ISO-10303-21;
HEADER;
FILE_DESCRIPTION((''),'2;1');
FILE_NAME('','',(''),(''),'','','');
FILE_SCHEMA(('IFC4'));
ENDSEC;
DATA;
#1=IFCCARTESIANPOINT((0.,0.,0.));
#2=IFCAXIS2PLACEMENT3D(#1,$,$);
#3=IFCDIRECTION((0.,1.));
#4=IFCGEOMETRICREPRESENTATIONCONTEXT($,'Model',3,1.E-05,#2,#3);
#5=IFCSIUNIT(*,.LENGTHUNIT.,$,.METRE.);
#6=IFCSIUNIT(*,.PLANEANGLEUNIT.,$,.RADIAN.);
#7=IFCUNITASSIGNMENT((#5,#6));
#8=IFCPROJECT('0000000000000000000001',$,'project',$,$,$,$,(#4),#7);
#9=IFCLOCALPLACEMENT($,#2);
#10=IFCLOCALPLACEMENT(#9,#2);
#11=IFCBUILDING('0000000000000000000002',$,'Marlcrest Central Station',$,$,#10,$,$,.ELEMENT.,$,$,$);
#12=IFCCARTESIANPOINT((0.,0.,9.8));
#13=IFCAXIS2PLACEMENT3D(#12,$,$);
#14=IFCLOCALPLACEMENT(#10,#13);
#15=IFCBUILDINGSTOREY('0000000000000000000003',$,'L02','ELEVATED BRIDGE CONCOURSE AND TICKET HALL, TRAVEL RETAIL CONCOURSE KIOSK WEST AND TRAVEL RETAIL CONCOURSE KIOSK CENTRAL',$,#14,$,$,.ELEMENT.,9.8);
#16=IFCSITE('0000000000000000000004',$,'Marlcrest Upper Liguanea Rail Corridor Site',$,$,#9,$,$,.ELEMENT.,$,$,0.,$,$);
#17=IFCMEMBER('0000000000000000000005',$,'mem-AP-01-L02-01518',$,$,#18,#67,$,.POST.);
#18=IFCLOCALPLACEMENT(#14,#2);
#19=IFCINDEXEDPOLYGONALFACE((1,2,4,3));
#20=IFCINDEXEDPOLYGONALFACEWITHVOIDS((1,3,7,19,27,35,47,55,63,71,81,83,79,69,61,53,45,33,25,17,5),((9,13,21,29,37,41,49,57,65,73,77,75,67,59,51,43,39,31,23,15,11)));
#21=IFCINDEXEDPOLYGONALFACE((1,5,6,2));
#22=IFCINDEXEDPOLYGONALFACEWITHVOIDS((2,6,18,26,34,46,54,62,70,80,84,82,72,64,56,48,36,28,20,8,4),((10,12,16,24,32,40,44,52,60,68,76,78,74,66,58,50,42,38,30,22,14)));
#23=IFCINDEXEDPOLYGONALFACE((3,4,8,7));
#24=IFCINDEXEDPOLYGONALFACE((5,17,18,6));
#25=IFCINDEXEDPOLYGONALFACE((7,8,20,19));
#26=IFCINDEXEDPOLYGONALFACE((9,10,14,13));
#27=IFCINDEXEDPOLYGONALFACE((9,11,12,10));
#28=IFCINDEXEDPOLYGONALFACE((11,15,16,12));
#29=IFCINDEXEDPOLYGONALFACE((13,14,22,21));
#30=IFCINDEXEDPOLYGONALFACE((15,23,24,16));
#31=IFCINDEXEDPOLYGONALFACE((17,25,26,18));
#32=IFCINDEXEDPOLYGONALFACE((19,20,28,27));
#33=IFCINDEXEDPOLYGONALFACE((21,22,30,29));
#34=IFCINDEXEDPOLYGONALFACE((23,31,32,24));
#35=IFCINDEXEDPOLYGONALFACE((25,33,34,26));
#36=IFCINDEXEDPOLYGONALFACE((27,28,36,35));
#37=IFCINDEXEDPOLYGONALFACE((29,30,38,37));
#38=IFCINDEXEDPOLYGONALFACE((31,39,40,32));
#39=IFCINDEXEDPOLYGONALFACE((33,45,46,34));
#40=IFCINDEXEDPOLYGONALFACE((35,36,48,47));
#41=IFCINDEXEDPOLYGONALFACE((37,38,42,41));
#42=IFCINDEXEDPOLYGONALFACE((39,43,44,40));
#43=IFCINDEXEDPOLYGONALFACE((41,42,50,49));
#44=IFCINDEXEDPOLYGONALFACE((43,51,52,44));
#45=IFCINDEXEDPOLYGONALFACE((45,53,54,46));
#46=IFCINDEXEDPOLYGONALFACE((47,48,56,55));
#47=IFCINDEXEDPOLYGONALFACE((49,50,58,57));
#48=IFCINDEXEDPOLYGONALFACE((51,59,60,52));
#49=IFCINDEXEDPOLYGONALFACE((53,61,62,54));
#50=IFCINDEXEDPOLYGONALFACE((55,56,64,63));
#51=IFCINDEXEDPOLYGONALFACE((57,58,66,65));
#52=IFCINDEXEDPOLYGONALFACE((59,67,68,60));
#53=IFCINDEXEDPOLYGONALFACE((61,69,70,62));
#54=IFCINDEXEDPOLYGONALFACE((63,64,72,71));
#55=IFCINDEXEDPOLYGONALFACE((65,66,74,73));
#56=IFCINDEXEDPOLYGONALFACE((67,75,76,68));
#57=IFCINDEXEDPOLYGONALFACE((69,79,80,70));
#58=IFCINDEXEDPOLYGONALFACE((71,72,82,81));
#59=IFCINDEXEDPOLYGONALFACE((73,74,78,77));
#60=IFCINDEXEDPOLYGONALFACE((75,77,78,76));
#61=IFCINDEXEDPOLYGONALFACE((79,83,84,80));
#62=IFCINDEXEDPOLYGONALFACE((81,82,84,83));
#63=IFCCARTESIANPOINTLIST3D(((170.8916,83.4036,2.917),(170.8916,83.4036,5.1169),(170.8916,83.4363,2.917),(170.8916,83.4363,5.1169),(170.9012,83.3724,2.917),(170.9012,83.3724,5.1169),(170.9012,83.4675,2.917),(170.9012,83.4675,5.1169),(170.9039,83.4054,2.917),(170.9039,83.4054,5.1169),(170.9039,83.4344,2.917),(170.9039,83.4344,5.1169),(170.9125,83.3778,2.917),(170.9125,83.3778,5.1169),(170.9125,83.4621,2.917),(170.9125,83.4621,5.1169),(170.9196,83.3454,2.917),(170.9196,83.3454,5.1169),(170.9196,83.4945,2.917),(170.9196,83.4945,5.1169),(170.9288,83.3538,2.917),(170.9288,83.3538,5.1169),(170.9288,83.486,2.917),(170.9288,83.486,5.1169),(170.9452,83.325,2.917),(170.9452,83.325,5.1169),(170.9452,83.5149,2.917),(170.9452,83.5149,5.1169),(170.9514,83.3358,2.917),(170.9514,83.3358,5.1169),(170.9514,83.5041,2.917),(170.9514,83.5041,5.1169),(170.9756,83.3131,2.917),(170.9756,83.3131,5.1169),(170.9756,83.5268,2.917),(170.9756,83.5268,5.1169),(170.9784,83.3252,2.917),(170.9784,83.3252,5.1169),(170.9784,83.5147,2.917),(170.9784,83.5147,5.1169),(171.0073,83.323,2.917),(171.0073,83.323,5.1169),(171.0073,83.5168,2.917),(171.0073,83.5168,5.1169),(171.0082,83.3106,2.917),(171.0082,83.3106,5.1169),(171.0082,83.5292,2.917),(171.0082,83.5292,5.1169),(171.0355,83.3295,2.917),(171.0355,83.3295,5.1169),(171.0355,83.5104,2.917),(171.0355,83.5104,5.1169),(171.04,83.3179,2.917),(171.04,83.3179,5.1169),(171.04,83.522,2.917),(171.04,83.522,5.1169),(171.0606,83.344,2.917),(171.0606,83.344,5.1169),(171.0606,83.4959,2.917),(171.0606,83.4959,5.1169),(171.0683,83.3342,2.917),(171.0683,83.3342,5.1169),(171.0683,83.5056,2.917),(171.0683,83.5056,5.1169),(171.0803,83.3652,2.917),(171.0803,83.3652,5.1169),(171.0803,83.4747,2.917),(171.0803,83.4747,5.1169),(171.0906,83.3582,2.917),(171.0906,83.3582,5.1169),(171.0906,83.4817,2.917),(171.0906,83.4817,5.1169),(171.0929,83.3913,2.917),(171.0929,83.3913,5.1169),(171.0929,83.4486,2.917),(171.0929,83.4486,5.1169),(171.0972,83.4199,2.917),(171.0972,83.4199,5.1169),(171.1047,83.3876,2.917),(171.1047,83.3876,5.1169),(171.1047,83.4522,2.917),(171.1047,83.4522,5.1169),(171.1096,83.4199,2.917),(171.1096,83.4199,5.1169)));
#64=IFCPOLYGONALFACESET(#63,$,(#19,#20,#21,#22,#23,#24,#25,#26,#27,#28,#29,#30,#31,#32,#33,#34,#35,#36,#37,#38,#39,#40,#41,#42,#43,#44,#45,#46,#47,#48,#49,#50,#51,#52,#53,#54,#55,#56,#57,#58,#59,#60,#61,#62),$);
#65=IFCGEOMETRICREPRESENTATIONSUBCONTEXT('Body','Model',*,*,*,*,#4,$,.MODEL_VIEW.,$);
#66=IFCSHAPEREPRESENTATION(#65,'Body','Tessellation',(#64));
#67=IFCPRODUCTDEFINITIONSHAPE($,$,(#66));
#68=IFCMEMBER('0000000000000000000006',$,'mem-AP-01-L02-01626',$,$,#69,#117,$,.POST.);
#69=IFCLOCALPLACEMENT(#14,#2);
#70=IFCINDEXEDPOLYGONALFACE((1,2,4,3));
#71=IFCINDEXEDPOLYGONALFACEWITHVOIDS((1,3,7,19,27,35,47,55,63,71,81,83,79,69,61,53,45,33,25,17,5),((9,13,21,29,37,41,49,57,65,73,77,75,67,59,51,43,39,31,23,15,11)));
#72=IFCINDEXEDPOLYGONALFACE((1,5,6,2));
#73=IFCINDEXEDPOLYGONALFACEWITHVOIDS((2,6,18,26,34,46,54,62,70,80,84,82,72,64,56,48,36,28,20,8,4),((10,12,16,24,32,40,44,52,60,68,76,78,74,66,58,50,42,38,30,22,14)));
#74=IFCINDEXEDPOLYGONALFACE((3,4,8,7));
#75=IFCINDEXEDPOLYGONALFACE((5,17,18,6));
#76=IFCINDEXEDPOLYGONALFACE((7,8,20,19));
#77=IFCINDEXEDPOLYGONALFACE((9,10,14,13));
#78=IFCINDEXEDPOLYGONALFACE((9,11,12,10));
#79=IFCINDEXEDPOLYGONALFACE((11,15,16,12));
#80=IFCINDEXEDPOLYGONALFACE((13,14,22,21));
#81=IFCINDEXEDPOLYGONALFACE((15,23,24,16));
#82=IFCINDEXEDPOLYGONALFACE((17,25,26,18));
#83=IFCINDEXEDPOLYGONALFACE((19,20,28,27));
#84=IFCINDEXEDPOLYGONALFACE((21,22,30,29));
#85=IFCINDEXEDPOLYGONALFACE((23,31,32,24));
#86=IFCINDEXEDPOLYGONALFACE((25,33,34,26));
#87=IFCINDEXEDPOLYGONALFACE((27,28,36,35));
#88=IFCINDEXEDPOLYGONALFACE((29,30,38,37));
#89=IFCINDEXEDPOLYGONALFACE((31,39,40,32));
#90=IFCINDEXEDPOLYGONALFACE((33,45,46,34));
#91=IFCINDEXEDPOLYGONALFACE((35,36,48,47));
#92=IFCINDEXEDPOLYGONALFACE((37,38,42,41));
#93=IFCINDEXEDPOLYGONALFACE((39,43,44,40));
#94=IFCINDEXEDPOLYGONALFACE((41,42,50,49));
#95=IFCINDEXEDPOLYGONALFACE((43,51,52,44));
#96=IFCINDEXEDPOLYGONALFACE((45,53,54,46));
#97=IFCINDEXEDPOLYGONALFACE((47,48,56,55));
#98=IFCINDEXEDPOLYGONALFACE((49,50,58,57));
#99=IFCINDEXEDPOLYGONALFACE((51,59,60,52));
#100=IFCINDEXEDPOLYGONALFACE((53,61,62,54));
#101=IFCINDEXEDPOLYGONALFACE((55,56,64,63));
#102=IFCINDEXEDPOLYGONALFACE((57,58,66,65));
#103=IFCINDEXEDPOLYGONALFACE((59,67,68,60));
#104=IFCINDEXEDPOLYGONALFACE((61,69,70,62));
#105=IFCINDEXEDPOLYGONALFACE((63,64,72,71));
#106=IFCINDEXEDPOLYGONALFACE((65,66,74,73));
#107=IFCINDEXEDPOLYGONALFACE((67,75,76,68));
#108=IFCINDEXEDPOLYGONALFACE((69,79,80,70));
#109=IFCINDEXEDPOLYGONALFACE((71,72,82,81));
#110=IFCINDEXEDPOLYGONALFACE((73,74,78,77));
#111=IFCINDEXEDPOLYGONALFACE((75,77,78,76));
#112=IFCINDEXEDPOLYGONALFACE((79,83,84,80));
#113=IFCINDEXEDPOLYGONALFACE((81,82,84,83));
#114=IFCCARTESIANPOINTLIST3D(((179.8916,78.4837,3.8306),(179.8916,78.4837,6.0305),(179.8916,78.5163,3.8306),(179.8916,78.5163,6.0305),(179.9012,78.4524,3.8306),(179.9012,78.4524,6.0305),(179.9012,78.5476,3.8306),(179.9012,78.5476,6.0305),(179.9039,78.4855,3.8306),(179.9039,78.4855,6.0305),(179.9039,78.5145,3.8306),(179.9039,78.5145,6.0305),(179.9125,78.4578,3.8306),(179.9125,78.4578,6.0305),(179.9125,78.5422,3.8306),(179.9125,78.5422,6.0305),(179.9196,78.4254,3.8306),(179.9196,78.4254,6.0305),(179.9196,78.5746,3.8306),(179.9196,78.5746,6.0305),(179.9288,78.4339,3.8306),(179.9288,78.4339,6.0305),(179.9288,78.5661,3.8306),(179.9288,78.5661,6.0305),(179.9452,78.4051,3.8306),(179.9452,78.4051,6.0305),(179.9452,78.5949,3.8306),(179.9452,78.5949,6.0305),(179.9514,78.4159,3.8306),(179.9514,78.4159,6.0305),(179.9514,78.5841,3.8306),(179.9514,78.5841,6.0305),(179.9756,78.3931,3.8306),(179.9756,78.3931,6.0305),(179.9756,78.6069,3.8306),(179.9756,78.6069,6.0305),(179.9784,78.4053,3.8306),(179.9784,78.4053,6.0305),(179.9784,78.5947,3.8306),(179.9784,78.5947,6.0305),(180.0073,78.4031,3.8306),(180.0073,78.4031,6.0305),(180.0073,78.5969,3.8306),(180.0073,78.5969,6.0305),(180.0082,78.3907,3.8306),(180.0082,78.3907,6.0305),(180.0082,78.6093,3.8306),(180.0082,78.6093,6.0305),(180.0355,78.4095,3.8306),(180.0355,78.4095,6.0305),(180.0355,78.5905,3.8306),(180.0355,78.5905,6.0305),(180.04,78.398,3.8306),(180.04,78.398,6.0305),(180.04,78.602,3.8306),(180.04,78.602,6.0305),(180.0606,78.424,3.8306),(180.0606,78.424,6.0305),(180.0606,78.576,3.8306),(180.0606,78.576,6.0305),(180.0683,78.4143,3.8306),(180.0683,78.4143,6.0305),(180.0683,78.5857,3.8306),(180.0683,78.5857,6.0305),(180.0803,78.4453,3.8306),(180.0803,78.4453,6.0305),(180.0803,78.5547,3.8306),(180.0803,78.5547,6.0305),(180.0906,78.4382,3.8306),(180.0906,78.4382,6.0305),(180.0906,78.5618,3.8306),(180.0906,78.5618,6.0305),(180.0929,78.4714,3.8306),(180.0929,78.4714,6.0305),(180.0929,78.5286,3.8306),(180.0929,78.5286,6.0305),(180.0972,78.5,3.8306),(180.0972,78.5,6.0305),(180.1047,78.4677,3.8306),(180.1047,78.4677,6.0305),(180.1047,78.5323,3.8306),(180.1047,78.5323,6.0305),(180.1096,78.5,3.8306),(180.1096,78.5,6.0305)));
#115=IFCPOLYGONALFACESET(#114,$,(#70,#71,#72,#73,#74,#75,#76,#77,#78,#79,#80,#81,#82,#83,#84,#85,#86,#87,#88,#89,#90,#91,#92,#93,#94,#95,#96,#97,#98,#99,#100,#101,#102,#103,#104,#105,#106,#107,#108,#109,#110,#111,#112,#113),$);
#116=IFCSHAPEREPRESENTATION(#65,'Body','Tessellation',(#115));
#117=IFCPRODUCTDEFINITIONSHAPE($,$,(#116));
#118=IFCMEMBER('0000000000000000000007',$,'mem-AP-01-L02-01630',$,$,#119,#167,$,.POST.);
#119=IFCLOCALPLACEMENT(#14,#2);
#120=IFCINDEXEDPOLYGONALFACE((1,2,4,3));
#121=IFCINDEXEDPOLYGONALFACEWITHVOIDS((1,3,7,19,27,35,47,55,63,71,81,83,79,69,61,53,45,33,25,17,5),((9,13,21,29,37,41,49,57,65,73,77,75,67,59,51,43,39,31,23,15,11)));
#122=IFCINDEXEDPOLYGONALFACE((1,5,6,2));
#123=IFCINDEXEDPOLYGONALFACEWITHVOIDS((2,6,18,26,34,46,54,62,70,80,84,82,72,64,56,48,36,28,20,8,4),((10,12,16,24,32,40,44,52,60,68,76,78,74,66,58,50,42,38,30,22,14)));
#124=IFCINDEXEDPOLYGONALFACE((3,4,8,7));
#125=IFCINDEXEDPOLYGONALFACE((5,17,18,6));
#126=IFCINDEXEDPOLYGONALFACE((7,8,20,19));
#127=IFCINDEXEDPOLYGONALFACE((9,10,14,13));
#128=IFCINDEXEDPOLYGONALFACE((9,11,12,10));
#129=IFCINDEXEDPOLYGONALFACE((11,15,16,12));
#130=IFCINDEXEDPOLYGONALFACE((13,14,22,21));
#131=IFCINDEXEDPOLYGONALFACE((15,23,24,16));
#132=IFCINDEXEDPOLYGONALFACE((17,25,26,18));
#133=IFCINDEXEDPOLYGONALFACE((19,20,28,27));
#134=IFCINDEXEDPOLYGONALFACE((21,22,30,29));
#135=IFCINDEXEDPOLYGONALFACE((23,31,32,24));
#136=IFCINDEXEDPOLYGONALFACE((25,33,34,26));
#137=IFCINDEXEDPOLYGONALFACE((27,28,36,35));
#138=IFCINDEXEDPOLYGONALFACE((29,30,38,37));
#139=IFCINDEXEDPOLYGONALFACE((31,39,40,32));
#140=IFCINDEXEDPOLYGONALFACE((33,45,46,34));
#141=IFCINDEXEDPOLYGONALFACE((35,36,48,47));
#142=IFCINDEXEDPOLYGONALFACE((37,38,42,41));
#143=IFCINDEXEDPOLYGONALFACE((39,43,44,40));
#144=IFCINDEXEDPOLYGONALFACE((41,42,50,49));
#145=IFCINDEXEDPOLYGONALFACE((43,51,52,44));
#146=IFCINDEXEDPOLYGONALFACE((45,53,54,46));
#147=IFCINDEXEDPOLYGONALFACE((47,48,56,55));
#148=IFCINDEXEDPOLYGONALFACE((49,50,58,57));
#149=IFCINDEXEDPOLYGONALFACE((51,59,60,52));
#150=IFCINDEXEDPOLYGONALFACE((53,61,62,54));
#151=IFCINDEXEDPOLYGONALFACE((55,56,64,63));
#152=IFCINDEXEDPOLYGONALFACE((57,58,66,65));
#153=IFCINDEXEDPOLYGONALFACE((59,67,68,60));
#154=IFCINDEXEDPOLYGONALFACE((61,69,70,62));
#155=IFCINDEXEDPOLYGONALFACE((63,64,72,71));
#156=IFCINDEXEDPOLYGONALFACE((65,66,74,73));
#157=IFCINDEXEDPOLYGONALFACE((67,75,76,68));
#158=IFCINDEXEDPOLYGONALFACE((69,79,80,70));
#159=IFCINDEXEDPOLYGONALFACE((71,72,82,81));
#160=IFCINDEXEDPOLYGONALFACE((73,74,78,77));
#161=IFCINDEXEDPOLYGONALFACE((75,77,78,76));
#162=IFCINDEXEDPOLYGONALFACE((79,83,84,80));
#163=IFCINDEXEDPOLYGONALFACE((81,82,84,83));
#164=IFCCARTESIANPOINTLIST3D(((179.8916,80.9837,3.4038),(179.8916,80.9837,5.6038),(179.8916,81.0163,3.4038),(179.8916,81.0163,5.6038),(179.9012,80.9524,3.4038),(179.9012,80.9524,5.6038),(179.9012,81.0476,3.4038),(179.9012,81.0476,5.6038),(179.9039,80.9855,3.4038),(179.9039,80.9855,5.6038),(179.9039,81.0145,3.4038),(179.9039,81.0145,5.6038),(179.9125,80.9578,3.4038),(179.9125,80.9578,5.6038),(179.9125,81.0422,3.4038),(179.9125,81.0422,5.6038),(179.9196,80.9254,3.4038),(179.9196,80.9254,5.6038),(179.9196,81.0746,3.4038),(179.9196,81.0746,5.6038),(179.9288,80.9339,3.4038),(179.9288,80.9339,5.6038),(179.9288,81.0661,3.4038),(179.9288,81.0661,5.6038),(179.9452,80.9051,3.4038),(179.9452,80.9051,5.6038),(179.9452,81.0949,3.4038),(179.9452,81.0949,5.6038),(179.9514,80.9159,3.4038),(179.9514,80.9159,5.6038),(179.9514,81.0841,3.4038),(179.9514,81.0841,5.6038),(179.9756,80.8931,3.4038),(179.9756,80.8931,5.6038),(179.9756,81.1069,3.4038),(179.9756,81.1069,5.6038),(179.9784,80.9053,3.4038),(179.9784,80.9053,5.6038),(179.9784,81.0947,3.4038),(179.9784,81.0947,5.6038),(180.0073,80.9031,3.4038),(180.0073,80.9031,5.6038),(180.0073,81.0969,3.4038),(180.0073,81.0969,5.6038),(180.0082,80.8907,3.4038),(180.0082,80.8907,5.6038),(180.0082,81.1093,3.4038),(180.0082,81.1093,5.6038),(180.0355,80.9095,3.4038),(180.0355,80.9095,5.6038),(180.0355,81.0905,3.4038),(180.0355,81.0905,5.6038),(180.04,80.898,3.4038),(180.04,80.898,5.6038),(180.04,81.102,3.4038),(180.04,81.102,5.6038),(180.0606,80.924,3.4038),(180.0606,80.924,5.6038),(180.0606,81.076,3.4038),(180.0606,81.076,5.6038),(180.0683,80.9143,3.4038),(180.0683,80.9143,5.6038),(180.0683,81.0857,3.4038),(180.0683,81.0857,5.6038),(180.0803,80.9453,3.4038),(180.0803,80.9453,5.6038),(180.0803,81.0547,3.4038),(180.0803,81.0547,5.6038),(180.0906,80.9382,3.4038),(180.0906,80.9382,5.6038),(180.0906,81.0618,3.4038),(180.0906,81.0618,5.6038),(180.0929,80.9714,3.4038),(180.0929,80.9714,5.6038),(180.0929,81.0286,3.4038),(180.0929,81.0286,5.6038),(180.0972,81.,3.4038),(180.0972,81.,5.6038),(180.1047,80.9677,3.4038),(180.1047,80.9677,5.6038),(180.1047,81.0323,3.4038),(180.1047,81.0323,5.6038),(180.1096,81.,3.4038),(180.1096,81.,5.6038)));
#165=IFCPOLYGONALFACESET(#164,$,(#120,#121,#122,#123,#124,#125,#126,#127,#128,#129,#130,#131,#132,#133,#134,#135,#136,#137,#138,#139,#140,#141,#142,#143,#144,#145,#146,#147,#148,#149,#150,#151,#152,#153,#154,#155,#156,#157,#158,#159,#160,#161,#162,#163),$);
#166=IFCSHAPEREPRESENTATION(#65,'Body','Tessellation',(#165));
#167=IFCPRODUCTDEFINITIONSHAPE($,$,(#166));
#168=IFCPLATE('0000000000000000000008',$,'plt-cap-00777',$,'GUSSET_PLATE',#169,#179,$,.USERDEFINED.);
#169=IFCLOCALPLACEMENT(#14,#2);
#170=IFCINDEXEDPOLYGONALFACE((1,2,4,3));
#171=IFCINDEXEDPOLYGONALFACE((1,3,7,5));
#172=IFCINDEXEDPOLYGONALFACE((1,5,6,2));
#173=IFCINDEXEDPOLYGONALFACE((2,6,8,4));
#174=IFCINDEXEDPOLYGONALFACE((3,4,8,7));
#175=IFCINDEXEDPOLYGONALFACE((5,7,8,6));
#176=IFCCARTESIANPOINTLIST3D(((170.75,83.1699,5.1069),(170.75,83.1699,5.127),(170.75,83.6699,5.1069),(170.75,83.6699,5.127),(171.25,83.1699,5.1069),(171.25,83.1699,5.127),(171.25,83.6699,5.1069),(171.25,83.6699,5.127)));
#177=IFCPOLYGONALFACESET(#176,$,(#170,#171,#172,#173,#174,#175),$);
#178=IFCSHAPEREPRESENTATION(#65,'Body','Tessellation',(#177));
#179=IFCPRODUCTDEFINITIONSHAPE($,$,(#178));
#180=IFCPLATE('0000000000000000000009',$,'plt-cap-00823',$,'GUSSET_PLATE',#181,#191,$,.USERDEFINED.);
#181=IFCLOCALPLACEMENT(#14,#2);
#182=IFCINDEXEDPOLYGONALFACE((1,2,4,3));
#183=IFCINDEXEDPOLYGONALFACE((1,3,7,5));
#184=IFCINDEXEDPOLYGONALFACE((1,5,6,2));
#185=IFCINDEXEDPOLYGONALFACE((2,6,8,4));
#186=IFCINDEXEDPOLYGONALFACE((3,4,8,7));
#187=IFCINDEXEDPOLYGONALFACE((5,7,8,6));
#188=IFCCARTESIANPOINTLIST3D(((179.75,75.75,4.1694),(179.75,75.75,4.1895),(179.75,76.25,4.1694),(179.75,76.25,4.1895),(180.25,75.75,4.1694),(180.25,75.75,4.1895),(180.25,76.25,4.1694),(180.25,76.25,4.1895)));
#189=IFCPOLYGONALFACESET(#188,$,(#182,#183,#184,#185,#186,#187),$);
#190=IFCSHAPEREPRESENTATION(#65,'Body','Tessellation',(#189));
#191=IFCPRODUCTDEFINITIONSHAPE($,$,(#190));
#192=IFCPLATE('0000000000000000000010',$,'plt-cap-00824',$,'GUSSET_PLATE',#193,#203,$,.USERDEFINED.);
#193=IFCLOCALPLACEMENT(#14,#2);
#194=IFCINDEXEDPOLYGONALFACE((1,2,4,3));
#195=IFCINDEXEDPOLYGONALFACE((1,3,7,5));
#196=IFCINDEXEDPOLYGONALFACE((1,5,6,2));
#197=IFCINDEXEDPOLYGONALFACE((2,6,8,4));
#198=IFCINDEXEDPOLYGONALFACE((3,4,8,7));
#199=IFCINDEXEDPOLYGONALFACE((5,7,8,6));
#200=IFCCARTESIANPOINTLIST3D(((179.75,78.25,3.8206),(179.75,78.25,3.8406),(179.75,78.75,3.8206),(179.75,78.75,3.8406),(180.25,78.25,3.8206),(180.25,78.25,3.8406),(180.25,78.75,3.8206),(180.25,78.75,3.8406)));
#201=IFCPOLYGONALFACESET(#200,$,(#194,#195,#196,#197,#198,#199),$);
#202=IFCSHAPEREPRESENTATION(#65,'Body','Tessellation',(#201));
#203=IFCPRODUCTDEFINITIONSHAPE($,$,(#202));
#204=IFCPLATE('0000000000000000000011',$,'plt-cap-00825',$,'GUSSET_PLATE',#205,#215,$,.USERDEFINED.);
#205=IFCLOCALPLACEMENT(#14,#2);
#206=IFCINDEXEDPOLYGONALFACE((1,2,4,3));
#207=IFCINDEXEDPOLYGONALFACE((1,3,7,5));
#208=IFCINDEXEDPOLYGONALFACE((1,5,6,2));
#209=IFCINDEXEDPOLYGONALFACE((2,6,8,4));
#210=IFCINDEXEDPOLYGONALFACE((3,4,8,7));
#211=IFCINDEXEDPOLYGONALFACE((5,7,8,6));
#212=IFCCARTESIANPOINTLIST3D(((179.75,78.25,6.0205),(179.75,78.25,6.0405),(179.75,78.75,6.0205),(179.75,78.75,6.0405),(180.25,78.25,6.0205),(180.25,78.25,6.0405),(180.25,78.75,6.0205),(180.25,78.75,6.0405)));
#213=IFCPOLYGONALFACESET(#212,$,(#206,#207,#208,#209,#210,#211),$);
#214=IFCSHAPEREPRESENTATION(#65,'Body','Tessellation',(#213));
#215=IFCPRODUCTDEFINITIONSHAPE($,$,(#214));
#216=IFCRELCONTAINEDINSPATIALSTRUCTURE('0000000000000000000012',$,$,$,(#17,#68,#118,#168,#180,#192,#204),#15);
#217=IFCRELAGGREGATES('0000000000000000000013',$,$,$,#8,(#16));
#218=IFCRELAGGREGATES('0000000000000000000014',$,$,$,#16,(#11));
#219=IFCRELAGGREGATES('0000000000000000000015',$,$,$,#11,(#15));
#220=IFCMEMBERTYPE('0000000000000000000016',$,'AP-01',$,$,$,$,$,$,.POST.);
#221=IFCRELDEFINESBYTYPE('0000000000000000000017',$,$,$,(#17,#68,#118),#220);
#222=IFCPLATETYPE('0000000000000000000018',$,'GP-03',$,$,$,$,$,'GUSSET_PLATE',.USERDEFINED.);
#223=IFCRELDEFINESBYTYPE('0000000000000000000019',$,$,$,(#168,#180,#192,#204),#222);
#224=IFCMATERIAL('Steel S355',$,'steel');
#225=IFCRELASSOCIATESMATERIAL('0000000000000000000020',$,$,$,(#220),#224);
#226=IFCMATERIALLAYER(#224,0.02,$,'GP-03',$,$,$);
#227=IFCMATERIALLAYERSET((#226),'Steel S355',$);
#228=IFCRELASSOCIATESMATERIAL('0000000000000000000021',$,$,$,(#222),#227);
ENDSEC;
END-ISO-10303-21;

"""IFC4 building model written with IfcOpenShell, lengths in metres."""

from ifc_helpers import new_model, si_unit, direction, frame, origin, origin_2d, place, context, subcontext, project, spatial, rectangle, hollow_circle, extrude, material, layer, layer_set, material_profile, profile_set, type_object, element, save


model = new_model("IFC4")

# Units and contexts
model_context = context("Model", 3, precision=1e-05, world=origin(), true_north=direction((0.0, 1.0)))
body_context = subcontext(model_context, "Body", "Model", "MODEL_VIEW")
ifc_project = project(units=[si_unit("LENGTHUNIT", "METRE"), si_unit("PLANEANGLEUNIT", "RADIAN")], contexts=[model_context])

# Site, building, storey
site_placement = place(None, origin())
site = spatial("IfcSite", under=ifc_project, at=site_placement, Name="Marlcrest Upper Liguanea Rail Corridor Site", CompositionType="ELEMENT", RefElevation=0.0)
building_placement = place(site_placement, origin())
building = spatial("IfcBuilding", under=site, at=building_placement, Name="Marlcrest Central Station", CompositionType="ELEMENT")
storey_placement = place(building_placement, frame((0.0, 0.0, 9.8)))
storey = spatial("IfcBuildingStorey", under=building, at=storey_placement, Name="L02", Description="ELEVATED BRIDGE CONCOURSE AND TICKET HALL, TRAVEL RETAIL CONCOURSE KIOSK WEST AND TRAVEL RETAIL CONCOURSE KIOSK CENTRAL", CompositionType="ELEMENT", Elevation=9.8)

# Members
ifc_material_1 = material(Name="Steel S355", Category="steel")
ifc_material_profile_1 = material_profile(ifc_material_1, hollow_circle(Radius=0.1096, WallThickness=0.0125, at=origin_2d()), Name="CHS 219.1x12.5")
ifc_profile_set_1 = profile_set([ifc_material_profile_1], Name="Steel S355")
member_type_1 = type_object("IfcMemberType", Name="AP-01", PredefinedType="POST", material=ifc_profile_set_1)
for number, where, z_axis, x_axis, name in (
    (1, (171.0, 83.4199, 2.917), (0.0, 0.0, 1.0), (1.0, 0.0, 0.0), "mem-AP-01-L02-01518"),
    (2, (180.0, 78.5, 3.8306), (0.0, 0.0, 1.0), (1.0, 0.0, 0.0), "mem-AP-01-L02-01626"),
    (3, (180.0, 81.0, 3.4038), (0.0, 0.0, 1.0), (1.0, 0.0, 0.0), "mem-AP-01-L02-01630"),
):
    element("IfcMember", number, at=place(storey_placement, frame(where, z_axis=z_axis, x_axis=x_axis)), inside=storey, type_object=member_type_1, Name=name, PredefinedType="POST", context=body_context, shape_type="SweptSolid", body=[
        extrude(hollow_circle(Radius=0.1096, WallThickness=0.0125, at=origin_2d()), origin(), (0.0, 0.0, 1.0), 2.2),
    ])

# Plates
ifc_layer_1 = layer(ifc_material_1, 0.02, Name="GP-03")
ifc_layer_set_1 = layer_set([ifc_layer_1], Name="Steel S355")
plate_type = type_object("IfcPlateType", Name="GP-03", ElementType="GUSSET_PLATE", PredefinedType="USERDEFINED", material=ifc_layer_set_1)
for number, where, z_axis, x_axis, name in (
    (4, (171.0, 83.4199, 5.1069), (0.0, 0.0, 1.0), (1.0, 0.0, 0.0), "plt-cap-00777"),
    (5, (180.0, 76.0, 4.1694), (0.0, 0.0, 1.0), (1.0, 0.0, 0.0), "plt-cap-00823"),
    (6, (180.0, 78.5, 3.8206), (0.0, 0.0, 1.0), (1.0, 0.0, 0.0), "plt-cap-00824"),
    (7, (180.0, 78.5, 6.0205), (0.0, 0.0, 1.0), (1.0, 0.0, 0.0), "plt-cap-00825"),
):
    element("IfcPlate", number, at=place(storey_placement, frame(where, z_axis=z_axis, x_axis=x_axis)), inside=storey, type_object=plate_type, Name=name, ObjectType="GUSSET_PLATE", PredefinedType="USERDEFINED", context=body_context, shape_type="SweptSolid", body=[
        extrude(rectangle(XDim=0.5, YDim=0.5, at=origin_2d()), origin(), (0.0, 0.0, 1.0), 0.02),
    ])

save(model, "model.ifc")
